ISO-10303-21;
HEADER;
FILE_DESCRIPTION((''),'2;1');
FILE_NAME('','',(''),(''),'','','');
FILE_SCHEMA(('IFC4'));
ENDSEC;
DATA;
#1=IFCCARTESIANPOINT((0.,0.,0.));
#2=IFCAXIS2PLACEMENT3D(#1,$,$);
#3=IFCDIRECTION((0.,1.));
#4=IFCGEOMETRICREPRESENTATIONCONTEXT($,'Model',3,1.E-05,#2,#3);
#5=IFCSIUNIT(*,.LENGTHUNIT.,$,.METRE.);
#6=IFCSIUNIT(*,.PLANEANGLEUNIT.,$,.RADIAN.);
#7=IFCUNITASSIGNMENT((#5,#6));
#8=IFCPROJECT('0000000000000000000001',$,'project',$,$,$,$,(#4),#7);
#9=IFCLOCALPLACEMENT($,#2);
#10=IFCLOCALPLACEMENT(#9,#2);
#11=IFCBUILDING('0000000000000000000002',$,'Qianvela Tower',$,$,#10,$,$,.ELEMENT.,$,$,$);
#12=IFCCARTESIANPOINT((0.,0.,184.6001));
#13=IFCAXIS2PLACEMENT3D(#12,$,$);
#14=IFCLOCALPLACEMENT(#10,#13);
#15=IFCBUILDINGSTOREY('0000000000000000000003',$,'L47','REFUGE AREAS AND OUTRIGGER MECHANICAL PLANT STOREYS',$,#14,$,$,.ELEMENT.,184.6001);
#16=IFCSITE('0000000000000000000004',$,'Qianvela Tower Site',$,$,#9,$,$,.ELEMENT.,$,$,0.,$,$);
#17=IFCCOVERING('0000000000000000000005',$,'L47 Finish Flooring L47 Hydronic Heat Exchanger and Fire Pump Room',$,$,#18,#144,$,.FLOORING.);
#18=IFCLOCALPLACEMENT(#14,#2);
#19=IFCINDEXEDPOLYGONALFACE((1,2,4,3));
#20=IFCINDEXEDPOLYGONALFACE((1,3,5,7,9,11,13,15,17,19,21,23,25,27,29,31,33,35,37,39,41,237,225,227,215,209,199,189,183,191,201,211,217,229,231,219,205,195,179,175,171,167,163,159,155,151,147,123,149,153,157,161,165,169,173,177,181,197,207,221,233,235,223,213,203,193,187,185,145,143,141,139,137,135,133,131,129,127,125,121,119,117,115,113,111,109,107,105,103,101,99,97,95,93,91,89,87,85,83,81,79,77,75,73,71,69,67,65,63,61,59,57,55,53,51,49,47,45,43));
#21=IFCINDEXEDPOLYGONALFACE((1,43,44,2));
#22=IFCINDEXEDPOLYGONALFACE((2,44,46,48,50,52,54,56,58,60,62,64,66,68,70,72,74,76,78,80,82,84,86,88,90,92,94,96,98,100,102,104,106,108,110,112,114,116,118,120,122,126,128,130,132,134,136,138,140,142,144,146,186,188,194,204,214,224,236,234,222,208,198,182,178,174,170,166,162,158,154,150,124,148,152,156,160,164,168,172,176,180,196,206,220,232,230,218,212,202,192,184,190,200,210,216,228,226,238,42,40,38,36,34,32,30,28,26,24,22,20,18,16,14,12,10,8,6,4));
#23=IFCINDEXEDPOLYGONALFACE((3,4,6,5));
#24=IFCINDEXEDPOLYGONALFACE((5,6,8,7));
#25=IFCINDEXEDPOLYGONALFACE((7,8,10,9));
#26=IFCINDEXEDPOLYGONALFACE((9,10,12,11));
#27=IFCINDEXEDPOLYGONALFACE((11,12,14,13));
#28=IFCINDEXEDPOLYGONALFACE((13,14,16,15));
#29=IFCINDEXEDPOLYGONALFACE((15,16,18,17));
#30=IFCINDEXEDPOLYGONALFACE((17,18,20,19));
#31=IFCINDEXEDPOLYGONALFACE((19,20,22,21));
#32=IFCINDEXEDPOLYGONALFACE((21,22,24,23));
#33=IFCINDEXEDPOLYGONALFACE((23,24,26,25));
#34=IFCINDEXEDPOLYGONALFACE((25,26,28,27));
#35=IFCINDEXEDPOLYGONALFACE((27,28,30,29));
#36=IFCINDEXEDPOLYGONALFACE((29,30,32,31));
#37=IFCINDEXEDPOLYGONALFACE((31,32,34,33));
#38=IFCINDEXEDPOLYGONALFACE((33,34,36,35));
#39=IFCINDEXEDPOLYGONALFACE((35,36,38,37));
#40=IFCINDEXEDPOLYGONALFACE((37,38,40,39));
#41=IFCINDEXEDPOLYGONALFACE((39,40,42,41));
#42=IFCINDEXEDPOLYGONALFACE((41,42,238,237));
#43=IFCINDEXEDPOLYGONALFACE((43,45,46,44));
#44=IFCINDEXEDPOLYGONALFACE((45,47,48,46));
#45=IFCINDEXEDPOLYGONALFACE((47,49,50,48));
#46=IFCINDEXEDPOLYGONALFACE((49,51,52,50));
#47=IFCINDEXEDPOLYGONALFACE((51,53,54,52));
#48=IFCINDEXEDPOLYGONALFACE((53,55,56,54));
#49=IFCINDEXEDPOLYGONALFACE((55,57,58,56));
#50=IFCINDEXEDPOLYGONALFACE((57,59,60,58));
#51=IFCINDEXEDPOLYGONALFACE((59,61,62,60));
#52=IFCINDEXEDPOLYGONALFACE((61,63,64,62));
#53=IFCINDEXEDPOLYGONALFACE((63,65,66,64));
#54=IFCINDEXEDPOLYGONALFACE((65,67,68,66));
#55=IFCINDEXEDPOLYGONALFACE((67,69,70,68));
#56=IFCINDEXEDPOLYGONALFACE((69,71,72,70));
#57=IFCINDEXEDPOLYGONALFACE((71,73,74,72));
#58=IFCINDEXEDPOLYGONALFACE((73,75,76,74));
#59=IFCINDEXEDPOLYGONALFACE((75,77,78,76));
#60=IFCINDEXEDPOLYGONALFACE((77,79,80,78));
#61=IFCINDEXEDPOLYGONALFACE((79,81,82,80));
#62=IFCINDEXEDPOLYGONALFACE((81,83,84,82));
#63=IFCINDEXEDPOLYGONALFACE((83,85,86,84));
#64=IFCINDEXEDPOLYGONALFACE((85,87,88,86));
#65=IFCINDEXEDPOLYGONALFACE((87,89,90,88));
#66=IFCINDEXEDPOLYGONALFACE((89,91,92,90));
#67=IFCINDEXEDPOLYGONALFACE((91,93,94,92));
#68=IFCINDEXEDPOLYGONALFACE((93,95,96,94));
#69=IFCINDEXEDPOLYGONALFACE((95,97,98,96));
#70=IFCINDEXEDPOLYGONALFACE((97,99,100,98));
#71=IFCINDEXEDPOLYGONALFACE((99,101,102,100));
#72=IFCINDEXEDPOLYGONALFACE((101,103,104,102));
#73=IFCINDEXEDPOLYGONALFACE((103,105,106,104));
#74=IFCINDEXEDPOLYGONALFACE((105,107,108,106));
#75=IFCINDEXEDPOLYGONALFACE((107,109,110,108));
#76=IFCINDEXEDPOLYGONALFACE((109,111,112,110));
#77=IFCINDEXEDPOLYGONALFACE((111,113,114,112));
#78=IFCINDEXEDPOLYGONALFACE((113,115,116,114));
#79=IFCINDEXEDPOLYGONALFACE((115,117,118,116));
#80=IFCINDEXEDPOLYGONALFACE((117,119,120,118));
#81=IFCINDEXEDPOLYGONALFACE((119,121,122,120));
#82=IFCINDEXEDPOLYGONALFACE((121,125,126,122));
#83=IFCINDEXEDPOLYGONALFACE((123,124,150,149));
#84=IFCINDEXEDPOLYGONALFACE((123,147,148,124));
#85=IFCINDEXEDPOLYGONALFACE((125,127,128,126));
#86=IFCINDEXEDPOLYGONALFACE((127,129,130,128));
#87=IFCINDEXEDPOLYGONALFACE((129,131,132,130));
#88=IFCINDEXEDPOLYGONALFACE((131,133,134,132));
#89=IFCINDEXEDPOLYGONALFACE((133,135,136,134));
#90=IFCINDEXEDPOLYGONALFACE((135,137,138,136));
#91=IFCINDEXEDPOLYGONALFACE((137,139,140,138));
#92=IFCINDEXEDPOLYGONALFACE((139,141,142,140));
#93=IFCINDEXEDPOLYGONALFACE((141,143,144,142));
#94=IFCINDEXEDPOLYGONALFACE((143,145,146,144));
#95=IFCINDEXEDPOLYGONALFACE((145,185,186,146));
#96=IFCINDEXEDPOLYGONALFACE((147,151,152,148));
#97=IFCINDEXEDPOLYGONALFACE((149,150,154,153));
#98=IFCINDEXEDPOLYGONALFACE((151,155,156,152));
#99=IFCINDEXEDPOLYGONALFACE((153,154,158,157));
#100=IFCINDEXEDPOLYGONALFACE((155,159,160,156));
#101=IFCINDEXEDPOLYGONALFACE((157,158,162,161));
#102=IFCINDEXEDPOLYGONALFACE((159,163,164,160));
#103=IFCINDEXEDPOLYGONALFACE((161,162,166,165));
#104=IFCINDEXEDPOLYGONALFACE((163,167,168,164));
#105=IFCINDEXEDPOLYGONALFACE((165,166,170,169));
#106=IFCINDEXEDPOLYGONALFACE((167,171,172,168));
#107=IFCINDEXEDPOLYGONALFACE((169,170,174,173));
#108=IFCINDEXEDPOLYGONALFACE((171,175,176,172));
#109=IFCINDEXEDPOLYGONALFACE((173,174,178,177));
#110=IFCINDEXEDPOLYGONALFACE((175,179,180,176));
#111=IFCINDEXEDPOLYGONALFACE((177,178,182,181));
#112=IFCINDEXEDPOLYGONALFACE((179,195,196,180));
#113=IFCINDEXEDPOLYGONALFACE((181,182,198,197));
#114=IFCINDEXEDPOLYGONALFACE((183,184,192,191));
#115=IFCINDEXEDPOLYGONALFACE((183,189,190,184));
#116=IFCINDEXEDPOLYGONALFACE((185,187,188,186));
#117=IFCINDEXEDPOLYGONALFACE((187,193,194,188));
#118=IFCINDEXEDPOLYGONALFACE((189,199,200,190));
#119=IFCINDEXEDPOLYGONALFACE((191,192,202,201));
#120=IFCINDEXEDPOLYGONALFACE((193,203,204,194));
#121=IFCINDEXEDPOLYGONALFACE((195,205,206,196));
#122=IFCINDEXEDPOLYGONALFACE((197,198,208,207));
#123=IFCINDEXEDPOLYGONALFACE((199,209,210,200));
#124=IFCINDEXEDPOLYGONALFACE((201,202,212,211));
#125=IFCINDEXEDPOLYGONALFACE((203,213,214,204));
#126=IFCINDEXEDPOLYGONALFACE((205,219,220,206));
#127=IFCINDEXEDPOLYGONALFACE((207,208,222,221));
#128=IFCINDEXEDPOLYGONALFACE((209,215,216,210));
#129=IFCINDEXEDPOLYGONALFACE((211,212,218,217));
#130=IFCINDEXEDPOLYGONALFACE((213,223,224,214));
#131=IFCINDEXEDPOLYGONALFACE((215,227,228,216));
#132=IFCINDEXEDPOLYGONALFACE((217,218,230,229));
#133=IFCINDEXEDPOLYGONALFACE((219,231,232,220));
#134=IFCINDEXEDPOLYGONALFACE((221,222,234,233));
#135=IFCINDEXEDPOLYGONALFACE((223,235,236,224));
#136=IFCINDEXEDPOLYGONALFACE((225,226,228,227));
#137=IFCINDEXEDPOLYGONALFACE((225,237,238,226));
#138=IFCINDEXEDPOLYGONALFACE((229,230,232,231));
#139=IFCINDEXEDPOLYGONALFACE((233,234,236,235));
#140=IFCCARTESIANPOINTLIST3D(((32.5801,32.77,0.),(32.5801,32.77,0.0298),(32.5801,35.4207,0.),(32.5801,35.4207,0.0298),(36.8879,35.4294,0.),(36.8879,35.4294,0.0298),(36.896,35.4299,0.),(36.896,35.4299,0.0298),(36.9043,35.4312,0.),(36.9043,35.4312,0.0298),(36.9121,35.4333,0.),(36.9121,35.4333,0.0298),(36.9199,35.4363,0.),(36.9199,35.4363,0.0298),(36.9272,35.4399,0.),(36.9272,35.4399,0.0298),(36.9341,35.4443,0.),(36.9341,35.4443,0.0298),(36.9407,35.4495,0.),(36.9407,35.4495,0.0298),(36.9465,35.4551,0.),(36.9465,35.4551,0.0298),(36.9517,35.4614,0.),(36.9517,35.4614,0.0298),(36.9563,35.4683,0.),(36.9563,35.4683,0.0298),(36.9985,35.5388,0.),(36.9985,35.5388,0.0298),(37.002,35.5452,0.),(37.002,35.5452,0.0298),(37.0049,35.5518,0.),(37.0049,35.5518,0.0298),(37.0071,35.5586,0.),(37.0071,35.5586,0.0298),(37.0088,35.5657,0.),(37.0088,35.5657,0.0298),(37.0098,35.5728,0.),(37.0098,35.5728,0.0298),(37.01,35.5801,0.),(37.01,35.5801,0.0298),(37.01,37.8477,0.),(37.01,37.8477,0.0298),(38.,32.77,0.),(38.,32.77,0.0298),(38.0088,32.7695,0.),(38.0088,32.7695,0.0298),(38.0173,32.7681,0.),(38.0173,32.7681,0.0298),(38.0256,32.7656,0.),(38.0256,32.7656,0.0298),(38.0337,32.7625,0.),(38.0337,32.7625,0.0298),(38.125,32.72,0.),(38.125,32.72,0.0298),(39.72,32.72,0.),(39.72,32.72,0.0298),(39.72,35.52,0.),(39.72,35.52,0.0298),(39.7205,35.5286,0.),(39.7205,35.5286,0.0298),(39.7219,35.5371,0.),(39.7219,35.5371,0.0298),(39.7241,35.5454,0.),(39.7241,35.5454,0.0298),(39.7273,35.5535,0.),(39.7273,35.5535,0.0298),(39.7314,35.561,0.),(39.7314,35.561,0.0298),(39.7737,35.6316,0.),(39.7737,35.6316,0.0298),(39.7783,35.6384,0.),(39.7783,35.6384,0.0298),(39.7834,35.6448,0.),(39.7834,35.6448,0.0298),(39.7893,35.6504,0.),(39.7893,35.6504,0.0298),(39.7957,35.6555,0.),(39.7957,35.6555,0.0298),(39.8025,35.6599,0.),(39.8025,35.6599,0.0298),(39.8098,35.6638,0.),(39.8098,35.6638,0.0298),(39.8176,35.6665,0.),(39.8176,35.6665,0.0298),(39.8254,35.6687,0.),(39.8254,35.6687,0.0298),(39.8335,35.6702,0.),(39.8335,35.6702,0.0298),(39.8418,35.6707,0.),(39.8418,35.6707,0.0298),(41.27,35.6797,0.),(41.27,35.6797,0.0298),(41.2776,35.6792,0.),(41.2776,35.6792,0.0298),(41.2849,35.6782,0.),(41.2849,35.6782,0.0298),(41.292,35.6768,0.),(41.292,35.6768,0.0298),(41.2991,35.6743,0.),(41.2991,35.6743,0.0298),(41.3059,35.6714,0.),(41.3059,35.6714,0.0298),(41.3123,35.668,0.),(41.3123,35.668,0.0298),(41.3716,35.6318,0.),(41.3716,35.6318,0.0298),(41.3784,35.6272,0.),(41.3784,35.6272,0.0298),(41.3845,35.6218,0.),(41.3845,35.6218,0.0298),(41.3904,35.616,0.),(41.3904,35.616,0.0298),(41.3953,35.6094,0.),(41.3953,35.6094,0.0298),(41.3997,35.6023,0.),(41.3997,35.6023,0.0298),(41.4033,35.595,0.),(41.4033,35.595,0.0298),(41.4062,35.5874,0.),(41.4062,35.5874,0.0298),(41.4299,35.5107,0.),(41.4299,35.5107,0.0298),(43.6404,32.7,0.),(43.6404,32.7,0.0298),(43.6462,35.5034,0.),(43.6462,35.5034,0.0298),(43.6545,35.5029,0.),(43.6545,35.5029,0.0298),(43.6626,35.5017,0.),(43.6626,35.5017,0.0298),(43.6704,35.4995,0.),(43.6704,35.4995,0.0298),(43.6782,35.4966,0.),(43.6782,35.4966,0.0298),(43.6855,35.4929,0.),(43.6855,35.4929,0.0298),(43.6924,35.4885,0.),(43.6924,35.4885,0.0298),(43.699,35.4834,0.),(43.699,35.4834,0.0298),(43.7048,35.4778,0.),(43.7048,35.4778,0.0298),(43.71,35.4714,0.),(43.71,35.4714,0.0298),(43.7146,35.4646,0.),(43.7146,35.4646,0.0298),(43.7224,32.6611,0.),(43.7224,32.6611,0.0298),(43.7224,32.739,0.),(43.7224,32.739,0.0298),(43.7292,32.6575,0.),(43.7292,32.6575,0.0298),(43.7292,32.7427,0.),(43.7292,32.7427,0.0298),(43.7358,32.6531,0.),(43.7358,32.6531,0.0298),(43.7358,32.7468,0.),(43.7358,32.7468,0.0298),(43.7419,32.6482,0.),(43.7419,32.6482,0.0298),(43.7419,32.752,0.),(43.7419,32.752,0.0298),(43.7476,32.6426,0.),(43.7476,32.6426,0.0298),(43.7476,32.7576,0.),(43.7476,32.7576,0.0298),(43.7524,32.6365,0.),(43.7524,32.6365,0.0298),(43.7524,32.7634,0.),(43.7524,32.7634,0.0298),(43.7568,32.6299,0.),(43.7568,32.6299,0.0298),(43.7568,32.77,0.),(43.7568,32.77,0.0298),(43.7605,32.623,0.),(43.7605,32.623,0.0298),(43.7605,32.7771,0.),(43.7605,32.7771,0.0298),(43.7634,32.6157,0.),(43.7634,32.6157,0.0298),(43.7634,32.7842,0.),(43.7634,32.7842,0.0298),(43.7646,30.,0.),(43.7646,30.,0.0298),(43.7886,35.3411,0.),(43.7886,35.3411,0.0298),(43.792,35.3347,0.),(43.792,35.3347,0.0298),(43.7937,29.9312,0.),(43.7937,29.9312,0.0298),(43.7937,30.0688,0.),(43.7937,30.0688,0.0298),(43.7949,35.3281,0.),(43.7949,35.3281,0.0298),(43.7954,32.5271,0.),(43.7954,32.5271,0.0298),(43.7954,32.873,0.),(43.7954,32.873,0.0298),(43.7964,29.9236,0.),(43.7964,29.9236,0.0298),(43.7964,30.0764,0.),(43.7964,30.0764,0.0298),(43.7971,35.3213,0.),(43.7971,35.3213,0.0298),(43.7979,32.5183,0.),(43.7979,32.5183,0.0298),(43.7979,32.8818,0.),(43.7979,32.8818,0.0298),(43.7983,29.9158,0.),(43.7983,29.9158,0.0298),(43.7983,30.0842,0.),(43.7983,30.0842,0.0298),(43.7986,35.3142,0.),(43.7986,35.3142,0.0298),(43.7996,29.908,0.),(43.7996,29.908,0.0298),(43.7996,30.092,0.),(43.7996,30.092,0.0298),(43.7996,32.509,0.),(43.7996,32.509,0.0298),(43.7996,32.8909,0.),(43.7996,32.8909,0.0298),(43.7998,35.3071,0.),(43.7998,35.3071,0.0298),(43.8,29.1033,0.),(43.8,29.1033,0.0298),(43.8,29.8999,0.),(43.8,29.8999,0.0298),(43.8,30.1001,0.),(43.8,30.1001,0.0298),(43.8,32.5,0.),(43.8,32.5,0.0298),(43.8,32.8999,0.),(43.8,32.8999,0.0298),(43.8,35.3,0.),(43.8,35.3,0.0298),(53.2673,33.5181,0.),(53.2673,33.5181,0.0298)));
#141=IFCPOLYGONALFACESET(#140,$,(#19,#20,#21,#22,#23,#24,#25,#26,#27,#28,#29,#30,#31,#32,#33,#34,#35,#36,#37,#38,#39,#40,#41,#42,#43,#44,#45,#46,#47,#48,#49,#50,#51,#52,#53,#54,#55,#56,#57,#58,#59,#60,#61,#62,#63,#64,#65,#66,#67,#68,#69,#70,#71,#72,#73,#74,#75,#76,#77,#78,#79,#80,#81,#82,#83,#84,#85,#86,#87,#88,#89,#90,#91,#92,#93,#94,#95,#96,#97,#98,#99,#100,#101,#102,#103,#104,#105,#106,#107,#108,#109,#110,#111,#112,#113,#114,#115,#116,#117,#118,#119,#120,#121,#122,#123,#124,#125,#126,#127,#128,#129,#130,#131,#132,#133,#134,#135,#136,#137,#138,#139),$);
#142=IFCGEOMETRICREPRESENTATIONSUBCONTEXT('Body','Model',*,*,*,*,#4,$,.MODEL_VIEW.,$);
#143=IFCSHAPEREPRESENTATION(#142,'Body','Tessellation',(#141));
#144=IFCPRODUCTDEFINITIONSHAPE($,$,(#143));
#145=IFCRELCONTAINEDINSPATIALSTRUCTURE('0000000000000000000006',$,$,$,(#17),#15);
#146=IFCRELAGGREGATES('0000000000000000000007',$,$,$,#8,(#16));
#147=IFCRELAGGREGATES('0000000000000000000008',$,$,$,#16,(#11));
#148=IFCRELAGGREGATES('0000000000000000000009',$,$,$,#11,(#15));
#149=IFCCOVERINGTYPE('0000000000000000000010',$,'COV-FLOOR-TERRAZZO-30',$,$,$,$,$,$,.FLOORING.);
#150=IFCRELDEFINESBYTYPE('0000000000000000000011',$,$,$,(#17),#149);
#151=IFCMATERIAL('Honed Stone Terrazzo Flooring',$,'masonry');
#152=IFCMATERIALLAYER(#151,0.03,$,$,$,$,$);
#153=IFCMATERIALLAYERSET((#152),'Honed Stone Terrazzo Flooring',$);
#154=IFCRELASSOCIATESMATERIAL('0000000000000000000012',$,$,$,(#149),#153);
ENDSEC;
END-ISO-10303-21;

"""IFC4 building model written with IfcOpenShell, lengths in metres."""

from ifc_helpers import new_model, si_unit, direction, frame, origin, place, context, subcontext, project, spatial, polyline, outline, extrude, material, layer, layer_set, type_object, element, save


model = new_model("IFC4")

# Units and contexts
model_context = context("Model", 3, precision=1e-05, world=origin(), true_north=direction((0.0, 1.0)))
body_context = subcontext(model_context, "Body", "Model", "MODEL_VIEW")
ifc_project = project(units=[si_unit("LENGTHUNIT", "METRE"), si_unit("PLANEANGLEUNIT", "RADIAN")], contexts=[model_context])

# Site, building, storey
site_placement = place(None, origin())
site = spatial("IfcSite", under=ifc_project, at=site_placement, Name="Qianvela Tower Site", CompositionType="ELEMENT", RefElevation=0.0)
building_placement = place(site_placement, origin())
building = spatial("IfcBuilding", under=site, at=building_placement, Name="Qianvela Tower", CompositionType="ELEMENT")
storey_placement = place(building_placement, frame((0.0, 0.0, 184.6001)))
storey = spatial("IfcBuildingStorey", under=building, at=storey_placement, Name="L47", Description="REFUGE AREAS AND OUTRIGGER MECHANICAL PLANT STOREYS", CompositionType="ELEMENT", Elevation=184.6001)

# Covering
ifc_material_1 = material(Name="Honed Stone Terrazzo Flooring", Category="masonry")
ifc_layer_1 = layer(ifc_material_1, 0.03)
ifc_layer_set_1 = layer_set([ifc_layer_1], Name="Honed Stone Terrazzo Flooring")
covering_type_1 = type_object("IfcCoveringType", Name="COV-FLOOR-TERRAZZO-30", PredefinedType="FLOORING", material=ifc_layer_set_1)
covering_1_placement = place(storey_placement, origin())
element("IfcCovering", 1, at=covering_1_placement, inside=storey, type_object=covering_type_1, Name="L47 Finish Flooring L47 Hydronic Heat Exchanger and Fire Pump Room", PredefinedType="FLOORING", context=body_context, shape_type="SweptSolid", body=[
    extrude(outline(polyline([(43.6404, 32.7), (43.7224, 32.739), (43.7292, 32.7427), (43.7358, 32.7468), (43.7419, 32.752), (43.7476, 32.7576), (43.7524, 32.7634), (43.7568, 32.77), (43.7605, 32.7771), (43.7634, 32.7842), (43.7954, 32.873), (43.7979, 32.8818), (43.7996, 32.8909), (43.8, 32.8999), (43.8, 35.3), (43.7998, 35.3071), (43.7986, 35.3142), (43.7971, 35.3213), (43.7949, 35.3281), (43.792, 35.3347), (43.7886, 35.3411), (43.7146, 35.4646), (43.71, 35.4714), (43.7048, 35.4778), (43.699, 35.4834), (43.6924, 35.4885), (43.6855, 35.4929), (43.6782, 35.4966), (43.6704, 35.4995), (43.6626, 35.5017), (43.6545, 35.5029), (43.6462, 35.5034), (41.4299, 35.5107), (41.4062, 35.5874), (41.4033, 35.595), (41.3997, 35.6023), (41.3953, 35.6094), (41.3904, 35.616), (41.3845, 35.6218), (41.3784, 35.6272), (41.3716, 35.6318), (41.3123, 35.668), (41.3059, 35.6714), (41.2991, 35.6743), (41.292, 35.6768), (41.2849, 35.6782), (41.2776, 35.6792), (41.27, 35.6797), (39.8418, 35.6707), (39.8335, 35.6702), (39.8254, 35.6687), (39.8176, 35.6665), (39.8098, 35.6638), (39.8025, 35.6599), (39.7957, 35.6555), (39.7893, 35.6504), (39.7834, 35.6448), (39.7783, 35.6384), (39.7737, 35.6316), (39.7314, 35.561), (39.7273, 35.5535), (39.7241, 35.5454), (39.7219, 35.5371), (39.7205, 35.5286), (39.72, 35.52), (39.72, 32.72), (38.125, 32.72), (38.0337, 32.7625), (38.0256, 32.7656), (38.0173, 32.7681), (38.0088, 32.7695), (38.0, 32.77), (32.5801, 32.77), (32.5801, 35.4207), (36.8879, 35.4294), (36.896, 35.4299), (36.9043, 35.4312), (36.9121, 35.4333), (36.9199, 35.4363), (36.9272, 35.4399), (36.9341, 35.4443), (36.9407, 35.4495), (36.9465, 35.4551), (36.9517, 35.4614), (36.9563, 35.4683), (36.9985, 35.5388), (37.002, 35.5452), (37.0049, 35.5518), (37.0071, 35.5586), (37.0088, 35.5657), (37.0098, 35.5728), (37.01, 35.5801), (37.01, 37.8477), (53.2673, 33.5181), (43.8, 29.1033), (43.8, 29.8999), (43.7996, 29.908), (43.7983, 29.9158), (43.7964, 29.9236), (43.7937, 29.9312), (43.7646, 30.0), (43.7937, 30.0688), (43.7964, 30.0764), (43.7983, 30.0842), (43.7996, 30.092), (43.8, 30.1001), (43.8, 32.5), (43.7996, 32.509), (43.7979, 32.5183), (43.7954, 32.5271), (43.7634, 32.6157), (43.7605, 32.623), (43.7568, 32.6299), (43.7524, 32.6365), (43.7476, 32.6426), (43.7419, 32.6482), (43.7358, 32.6531), (43.7292, 32.6575), (43.7224, 32.6611), (43.6404, 32.7)])), origin(), (0.0, 0.0, 1.0), 0.0298),
])

save(model, "model.ifc")
